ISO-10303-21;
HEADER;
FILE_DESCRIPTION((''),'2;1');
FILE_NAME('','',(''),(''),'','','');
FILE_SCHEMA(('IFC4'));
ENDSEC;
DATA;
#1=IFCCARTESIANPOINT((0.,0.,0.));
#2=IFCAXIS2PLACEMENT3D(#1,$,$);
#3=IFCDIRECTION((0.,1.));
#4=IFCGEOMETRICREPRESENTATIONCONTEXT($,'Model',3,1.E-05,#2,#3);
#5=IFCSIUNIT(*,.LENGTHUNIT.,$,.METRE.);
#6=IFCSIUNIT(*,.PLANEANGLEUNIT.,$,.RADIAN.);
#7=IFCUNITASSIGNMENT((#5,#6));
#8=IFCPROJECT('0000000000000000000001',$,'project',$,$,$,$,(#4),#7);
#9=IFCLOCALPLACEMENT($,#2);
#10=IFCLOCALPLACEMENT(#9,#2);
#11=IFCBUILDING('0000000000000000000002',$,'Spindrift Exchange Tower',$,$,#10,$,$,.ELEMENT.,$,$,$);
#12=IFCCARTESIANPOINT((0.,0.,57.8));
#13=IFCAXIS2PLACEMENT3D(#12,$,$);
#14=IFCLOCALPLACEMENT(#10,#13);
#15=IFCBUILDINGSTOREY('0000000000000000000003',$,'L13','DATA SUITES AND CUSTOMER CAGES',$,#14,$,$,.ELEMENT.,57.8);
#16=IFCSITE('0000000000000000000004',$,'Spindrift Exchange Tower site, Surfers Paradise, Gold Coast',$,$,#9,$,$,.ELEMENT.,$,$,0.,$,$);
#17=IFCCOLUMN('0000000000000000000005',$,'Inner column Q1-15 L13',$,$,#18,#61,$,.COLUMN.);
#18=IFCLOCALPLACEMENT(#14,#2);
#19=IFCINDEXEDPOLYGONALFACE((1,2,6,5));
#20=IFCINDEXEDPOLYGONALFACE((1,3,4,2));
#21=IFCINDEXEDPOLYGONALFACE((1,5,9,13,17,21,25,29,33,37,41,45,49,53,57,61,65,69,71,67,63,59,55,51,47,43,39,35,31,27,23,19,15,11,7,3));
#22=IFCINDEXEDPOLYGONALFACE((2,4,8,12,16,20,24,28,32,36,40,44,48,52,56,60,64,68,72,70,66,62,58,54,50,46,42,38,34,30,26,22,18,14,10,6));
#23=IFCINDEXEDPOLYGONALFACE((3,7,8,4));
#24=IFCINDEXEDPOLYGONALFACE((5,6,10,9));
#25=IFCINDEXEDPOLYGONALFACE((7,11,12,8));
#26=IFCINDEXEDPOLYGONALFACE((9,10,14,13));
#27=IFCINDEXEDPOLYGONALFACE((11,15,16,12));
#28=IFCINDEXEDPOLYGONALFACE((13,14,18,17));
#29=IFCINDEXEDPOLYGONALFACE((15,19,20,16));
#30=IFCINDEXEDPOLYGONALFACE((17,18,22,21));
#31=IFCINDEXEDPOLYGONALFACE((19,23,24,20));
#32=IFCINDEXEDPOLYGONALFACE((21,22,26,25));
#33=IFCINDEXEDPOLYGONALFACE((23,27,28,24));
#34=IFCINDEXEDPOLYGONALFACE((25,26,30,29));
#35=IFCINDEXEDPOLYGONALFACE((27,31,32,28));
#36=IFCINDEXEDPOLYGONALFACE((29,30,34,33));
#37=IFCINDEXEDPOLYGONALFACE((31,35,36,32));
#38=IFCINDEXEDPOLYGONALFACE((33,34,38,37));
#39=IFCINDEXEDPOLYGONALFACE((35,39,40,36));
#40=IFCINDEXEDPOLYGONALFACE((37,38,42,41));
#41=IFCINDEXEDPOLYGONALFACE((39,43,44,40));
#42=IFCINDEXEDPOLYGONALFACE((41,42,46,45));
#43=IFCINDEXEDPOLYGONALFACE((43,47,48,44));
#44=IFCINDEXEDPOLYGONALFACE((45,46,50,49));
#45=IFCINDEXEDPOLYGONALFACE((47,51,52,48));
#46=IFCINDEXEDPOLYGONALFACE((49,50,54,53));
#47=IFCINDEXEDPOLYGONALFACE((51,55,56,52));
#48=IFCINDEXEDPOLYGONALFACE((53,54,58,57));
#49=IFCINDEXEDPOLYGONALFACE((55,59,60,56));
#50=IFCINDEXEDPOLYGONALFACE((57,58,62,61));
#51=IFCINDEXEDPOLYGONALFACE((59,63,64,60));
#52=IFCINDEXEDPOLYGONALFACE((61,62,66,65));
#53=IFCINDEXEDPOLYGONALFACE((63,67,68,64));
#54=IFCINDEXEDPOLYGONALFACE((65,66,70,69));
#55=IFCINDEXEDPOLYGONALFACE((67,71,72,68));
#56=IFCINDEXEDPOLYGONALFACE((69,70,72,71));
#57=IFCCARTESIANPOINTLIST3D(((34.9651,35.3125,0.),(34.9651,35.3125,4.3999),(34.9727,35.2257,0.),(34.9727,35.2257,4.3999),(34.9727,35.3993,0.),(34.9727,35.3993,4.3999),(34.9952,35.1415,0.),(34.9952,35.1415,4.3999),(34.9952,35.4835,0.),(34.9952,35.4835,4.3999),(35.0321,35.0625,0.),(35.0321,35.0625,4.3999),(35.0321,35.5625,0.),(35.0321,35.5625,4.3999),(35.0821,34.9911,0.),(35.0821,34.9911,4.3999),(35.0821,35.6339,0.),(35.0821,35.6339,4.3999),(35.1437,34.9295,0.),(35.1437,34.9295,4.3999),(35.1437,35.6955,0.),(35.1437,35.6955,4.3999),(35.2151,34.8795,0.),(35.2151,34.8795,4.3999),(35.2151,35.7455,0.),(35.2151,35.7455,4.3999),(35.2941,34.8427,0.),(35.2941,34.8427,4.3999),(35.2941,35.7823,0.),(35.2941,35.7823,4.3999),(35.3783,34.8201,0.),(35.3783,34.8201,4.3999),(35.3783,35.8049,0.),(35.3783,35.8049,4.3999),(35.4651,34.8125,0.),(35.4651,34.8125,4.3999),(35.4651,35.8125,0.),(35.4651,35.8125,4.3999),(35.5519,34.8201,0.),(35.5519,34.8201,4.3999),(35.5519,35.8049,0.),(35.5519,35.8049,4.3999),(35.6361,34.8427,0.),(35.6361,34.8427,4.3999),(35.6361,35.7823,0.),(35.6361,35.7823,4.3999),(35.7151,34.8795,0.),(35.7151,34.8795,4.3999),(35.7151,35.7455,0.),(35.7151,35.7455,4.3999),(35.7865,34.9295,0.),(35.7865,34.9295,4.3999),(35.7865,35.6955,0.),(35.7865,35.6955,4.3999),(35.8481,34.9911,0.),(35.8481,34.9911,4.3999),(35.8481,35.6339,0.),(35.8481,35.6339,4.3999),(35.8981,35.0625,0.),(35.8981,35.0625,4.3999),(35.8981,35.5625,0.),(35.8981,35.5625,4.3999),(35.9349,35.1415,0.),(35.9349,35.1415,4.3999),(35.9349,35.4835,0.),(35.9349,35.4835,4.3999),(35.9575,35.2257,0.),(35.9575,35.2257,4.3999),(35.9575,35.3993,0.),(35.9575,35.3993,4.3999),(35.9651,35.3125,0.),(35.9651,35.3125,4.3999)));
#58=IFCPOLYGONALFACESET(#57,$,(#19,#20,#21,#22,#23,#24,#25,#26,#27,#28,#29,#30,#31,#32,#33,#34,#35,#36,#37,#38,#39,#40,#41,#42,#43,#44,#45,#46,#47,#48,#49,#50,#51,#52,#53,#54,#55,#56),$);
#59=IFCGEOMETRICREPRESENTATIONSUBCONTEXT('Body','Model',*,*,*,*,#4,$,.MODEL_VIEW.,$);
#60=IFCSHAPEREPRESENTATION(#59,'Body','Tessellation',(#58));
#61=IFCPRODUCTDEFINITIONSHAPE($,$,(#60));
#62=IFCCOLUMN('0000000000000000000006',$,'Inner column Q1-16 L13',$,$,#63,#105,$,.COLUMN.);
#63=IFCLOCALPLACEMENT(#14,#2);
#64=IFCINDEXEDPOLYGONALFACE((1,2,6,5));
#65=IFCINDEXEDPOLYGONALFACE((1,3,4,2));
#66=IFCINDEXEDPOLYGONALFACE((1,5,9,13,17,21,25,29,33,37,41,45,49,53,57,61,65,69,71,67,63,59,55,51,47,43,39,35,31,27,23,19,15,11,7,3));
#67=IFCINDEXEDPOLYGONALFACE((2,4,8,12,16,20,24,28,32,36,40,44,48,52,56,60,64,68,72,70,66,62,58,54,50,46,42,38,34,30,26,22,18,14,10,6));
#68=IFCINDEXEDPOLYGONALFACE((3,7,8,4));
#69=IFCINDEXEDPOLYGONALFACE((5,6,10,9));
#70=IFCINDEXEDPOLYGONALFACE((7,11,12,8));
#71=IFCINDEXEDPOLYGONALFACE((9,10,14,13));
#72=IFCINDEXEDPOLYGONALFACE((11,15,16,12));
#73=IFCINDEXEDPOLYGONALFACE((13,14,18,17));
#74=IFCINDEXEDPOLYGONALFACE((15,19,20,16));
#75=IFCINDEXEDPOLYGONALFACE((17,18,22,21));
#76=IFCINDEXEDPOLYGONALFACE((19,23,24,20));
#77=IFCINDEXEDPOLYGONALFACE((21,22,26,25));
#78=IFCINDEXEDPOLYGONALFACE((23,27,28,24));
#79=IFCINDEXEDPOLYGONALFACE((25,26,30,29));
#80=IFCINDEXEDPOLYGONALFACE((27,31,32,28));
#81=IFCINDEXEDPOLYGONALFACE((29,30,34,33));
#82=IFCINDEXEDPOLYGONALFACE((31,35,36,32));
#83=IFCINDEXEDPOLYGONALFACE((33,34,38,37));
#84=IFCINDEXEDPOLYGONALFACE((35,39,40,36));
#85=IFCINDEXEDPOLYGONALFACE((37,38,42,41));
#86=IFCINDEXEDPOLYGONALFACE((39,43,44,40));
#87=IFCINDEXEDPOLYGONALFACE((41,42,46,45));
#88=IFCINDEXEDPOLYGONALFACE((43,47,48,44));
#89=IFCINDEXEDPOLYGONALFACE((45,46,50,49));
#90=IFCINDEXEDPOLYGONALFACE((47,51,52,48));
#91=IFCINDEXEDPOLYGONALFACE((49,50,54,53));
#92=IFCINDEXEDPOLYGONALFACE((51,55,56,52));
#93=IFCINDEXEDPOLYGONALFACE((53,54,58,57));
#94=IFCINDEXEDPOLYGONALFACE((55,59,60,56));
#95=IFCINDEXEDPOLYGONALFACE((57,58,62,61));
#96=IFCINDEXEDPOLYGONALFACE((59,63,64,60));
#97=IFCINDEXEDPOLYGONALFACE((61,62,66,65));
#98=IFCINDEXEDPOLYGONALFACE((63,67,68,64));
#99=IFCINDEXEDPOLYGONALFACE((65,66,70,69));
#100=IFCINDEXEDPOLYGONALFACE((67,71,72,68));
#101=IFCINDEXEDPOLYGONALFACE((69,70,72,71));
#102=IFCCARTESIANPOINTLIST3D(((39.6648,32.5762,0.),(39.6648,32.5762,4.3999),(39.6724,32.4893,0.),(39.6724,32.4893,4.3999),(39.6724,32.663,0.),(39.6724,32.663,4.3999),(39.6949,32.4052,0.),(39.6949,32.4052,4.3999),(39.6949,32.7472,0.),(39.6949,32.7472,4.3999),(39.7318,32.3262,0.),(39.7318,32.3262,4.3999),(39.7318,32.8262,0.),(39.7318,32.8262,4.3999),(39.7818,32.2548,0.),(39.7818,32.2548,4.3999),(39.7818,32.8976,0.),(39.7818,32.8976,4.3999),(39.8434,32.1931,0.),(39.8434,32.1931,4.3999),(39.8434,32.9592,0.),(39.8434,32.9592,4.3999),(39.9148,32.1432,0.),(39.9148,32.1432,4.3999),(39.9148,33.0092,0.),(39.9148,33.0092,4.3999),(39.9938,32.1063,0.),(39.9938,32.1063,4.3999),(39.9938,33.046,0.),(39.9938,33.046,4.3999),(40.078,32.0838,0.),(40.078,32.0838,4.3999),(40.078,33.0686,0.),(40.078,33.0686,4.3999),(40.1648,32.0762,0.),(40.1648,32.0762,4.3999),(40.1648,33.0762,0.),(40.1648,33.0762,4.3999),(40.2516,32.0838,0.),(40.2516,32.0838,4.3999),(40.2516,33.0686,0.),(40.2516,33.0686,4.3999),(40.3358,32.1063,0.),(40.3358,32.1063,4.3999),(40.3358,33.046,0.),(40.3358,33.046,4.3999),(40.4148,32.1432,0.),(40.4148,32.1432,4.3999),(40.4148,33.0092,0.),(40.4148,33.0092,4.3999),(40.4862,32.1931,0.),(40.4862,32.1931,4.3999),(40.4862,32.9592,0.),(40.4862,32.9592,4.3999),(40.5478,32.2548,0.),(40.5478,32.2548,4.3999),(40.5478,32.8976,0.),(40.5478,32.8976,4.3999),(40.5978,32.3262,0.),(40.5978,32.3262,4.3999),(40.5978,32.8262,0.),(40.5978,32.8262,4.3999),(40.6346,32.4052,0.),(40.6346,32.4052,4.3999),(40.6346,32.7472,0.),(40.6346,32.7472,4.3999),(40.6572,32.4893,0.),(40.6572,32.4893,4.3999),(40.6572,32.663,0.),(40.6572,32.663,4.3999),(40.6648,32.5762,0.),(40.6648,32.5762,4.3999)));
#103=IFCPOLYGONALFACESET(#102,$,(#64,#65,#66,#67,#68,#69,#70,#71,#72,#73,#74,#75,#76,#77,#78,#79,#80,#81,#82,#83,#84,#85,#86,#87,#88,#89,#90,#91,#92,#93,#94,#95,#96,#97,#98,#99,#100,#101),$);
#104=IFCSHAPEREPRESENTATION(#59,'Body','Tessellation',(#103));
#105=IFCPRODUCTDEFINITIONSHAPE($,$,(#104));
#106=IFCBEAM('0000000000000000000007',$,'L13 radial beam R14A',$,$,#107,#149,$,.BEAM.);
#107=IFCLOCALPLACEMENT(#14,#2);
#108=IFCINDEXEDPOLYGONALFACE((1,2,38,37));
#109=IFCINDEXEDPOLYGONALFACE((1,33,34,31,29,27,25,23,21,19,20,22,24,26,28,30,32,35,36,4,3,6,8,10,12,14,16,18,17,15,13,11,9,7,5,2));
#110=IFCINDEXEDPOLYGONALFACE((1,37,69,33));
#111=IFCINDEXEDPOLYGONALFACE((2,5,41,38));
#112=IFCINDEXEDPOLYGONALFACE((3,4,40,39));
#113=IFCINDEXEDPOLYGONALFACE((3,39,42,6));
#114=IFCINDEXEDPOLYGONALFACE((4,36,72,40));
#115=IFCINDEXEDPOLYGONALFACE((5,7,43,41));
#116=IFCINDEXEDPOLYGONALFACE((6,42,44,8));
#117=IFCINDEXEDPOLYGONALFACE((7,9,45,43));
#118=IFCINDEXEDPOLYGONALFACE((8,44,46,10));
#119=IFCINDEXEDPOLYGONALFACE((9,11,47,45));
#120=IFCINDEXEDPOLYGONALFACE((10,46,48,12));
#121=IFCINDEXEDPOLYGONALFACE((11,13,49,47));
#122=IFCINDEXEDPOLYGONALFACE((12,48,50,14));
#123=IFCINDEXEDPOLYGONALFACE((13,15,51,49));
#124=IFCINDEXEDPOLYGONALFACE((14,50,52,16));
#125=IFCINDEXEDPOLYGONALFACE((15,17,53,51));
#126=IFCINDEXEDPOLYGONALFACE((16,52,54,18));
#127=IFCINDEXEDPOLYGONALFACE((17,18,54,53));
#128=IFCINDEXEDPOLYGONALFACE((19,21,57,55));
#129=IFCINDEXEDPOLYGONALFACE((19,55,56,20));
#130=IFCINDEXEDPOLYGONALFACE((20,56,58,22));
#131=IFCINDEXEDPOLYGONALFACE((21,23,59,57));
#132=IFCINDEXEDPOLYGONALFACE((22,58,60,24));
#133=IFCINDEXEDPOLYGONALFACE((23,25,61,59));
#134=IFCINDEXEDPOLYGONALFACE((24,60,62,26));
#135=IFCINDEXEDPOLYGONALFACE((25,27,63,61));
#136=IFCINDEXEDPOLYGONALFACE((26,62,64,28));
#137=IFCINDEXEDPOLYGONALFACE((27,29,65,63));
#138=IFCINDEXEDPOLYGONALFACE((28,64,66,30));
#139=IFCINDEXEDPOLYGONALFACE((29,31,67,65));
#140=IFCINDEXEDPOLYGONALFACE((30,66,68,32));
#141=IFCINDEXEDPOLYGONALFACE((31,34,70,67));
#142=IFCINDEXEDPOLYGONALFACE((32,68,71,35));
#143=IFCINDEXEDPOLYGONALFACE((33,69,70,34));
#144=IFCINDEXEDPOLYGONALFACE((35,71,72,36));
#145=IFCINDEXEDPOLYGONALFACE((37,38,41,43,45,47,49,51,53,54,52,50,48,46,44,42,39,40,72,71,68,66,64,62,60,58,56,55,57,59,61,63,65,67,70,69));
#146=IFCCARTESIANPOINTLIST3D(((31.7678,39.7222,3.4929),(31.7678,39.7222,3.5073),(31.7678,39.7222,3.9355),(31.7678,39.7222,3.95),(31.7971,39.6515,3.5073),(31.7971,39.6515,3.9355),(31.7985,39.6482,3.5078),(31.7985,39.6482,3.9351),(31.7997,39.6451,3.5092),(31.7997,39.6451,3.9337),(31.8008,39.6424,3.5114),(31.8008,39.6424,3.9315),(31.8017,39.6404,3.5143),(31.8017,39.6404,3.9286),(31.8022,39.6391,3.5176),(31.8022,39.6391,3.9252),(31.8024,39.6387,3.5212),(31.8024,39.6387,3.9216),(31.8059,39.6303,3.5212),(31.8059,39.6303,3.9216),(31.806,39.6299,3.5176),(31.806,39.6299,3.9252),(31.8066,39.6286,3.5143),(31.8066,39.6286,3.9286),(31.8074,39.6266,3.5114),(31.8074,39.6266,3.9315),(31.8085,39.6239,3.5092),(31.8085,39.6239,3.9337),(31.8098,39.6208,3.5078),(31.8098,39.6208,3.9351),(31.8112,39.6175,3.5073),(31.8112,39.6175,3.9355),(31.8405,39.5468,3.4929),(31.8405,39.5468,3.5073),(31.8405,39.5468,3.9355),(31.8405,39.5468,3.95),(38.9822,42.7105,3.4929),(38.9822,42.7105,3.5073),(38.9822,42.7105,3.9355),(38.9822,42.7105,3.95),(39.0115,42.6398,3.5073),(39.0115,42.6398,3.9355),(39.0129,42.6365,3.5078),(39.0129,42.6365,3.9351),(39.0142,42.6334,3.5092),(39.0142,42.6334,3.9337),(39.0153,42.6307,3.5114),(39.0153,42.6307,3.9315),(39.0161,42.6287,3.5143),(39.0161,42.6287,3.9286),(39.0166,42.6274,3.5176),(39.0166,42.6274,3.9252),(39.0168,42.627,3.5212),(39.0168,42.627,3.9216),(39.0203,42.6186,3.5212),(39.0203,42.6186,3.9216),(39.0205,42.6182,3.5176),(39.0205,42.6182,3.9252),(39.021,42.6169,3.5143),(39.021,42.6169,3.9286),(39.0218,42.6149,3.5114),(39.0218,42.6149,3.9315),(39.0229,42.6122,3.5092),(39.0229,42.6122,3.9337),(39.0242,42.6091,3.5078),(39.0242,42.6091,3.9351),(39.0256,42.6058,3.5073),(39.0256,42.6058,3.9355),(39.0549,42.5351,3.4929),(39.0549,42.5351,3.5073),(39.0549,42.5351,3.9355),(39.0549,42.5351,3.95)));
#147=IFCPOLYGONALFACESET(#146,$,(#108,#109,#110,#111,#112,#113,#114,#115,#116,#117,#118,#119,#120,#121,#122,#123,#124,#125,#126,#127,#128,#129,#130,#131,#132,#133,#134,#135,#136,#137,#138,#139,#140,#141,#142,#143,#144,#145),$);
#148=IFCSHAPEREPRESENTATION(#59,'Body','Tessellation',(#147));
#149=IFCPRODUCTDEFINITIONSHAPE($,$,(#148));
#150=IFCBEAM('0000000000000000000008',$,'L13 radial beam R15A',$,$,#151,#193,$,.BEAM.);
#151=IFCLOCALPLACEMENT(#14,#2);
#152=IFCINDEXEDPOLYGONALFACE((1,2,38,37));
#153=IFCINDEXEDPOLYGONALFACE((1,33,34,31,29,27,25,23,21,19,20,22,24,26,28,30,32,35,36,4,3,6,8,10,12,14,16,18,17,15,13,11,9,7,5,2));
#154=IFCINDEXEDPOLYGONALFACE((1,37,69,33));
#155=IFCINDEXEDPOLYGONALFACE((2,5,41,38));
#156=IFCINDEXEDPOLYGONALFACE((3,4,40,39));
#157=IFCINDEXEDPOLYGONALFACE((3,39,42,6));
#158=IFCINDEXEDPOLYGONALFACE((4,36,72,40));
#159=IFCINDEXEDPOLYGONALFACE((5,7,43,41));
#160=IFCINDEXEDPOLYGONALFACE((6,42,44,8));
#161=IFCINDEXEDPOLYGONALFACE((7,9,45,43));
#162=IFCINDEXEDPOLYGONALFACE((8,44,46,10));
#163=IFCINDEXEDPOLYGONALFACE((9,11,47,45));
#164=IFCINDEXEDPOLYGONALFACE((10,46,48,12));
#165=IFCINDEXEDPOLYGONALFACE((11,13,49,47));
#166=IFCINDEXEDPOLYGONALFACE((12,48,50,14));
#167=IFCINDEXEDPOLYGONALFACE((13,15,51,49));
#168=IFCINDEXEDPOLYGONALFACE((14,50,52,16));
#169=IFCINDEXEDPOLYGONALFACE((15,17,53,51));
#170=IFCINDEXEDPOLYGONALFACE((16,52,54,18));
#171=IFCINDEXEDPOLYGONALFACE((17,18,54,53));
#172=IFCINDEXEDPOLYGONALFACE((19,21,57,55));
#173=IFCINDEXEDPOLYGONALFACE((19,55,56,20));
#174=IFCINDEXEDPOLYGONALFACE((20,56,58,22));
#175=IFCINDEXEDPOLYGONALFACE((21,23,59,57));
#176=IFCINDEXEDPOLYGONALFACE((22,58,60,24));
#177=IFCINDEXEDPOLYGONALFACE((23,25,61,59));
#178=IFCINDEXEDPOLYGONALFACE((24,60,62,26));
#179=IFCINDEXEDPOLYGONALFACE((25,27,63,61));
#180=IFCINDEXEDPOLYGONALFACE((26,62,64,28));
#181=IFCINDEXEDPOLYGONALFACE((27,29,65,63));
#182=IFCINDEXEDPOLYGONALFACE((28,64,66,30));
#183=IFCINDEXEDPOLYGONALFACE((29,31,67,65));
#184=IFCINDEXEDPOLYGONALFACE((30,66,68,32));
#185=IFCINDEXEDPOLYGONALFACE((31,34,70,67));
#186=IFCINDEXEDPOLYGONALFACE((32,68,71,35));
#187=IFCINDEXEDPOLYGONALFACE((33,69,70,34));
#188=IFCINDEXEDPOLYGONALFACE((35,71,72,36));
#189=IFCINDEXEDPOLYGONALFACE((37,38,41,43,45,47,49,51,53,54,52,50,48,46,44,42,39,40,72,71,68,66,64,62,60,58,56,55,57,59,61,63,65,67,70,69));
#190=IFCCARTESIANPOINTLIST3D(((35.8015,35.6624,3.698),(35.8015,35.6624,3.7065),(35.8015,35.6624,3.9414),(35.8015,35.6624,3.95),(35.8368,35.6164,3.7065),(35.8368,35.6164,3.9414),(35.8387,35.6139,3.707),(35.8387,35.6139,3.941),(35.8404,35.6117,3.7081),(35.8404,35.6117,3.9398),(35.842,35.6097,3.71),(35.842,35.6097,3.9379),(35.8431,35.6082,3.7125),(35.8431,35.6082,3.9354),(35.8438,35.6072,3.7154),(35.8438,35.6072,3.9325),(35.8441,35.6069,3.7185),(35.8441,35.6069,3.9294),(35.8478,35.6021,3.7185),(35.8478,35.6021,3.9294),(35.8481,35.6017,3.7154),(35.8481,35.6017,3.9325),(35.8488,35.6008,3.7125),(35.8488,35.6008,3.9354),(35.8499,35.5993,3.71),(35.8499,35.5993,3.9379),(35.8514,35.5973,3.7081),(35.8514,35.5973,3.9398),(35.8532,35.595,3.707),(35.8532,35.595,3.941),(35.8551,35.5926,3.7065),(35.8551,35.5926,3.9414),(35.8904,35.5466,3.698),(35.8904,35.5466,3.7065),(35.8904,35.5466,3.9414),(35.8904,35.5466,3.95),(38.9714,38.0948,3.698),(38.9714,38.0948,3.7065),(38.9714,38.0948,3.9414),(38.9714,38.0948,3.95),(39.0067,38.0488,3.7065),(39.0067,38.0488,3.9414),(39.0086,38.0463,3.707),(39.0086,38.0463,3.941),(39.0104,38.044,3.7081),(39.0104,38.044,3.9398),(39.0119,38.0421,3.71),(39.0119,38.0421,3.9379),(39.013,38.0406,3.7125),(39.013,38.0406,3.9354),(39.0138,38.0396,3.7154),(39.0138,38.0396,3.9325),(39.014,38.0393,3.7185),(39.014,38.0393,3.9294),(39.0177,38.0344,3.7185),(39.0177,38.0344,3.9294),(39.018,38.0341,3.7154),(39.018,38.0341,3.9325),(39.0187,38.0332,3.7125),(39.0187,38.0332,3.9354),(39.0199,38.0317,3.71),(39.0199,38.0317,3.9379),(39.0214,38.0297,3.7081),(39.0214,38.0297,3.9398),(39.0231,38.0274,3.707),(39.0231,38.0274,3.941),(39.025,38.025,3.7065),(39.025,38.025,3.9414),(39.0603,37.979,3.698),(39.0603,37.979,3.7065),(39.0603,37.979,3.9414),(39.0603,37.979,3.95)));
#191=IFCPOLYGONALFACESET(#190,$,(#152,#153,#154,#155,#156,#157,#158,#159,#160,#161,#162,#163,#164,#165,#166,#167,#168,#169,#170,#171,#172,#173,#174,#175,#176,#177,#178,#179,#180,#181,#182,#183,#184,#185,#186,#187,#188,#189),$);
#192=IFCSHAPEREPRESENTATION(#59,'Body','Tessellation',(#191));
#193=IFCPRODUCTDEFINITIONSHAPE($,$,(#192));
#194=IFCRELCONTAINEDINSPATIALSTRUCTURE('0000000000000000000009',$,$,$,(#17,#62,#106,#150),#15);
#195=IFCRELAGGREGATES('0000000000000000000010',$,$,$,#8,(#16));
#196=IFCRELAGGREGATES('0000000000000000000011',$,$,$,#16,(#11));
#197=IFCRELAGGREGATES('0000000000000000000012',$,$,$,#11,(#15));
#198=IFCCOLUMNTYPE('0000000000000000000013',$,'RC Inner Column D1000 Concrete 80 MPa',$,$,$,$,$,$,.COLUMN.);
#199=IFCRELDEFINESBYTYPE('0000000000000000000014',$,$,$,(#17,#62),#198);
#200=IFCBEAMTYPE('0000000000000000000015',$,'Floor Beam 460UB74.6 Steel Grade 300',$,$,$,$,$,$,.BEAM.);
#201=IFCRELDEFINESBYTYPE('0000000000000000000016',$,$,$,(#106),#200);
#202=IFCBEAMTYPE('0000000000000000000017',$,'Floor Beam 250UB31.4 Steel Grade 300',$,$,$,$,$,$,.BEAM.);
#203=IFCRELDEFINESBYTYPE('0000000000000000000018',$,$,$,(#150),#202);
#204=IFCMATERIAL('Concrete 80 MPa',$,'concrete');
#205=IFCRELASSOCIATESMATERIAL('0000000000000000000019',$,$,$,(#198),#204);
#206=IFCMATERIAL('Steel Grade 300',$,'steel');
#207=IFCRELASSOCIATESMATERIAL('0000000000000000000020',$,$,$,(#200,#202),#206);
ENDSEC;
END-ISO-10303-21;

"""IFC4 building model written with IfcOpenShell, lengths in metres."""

from ifc_helpers import new_model, si_unit, direction, frame, origin, origin_2d, place, context, subcontext, project, spatial, circle, i_section, extrude, source, transform, mapped, material, material_profile, profile_set, type_object, element, save


model = new_model("IFC4")

# Units and contexts
model_context = context("Model", 3, precision=1e-05, world=origin(), true_north=direction((0.0, 1.0)))
body_context = subcontext(model_context, "Body", "Model", "MODEL_VIEW")
ifc_project = project(units=[si_unit("LENGTHUNIT", "METRE"), si_unit("PLANEANGLEUNIT", "RADIAN")], contexts=[model_context])

# Site, building, storey
site_placement = place(None, origin())
site = spatial("IfcSite", under=ifc_project, at=site_placement, Name="Spindrift Exchange Tower site, Surfers Paradise, Gold Coast", CompositionType="ELEMENT", RefElevation=0.0)
building_placement = place(site_placement, origin())
building = spatial("IfcBuilding", under=site, at=building_placement, Name="Spindrift Exchange Tower", CompositionType="ELEMENT")
storey_placement = place(building_placement, frame((0.0, 0.0, 57.8)))
storey = spatial("IfcBuildingStorey", under=building, at=storey_placement, Name="L13", Description="DATA SUITES AND CUSTOMER CAGES", CompositionType="ELEMENT", Elevation=57.8)

# Columns
ifc_material_1 = material(Name="Concrete 80 MPa", Category="concrete")
ifc_material_profile_1 = material_profile(ifc_material_1, circle(Radius=0.5, at=origin_2d()), Name="RC D1000")
ifc_profile_set_1 = profile_set([ifc_material_profile_1], Name="Concrete 80 MPa")
column_type = type_object("IfcColumnType", Name="RC Inner Column D1000 Concrete 80 MPa", PredefinedType="COLUMN", material=ifc_profile_set_1)
shared_shape_1 = source(origin(), body_context, "Body", "SweptSolid", [
    extrude(circle(Radius=0.5, at=origin_2d()), origin(), (0.0, 0.0, 1.0), 4.3999),
])
for number, where, z_axis, x_axis, name in (
    (1, (35.4651, 35.3125, 0.0), (0.0, 0.0, 1.0), (1.0, 0.0, 0.0), "Inner column Q1-15 L13"),
    (2, (40.1648, 32.5762, 0.0), (0.0, 0.0, 1.0), (1.0, 0.0, 0.0), "Inner column Q1-16 L13"),
):
    element("IfcColumn", number, at=place(storey_placement, frame(where, z_axis=z_axis, x_axis=x_axis)), inside=storey, type_object=column_type, Name=name, PredefinedType="COLUMN", context=body_context, shape_type="MappedRepresentation", body=[
        mapped(shared_shape_1, transform((0.0, 0.0, 0.0), scale=1.0)),
    ])

# Beams
ifc_material_2 = material(Name="Steel Grade 300", Category="steel")
ifc_material_profile_2 = material_profile(ifc_material_2, i_section(OverallWidth=0.1899, OverallDepth=0.457, WebThickness=0.009, FlangeThickness=0.0144, FilletRadius=0.0139, at=origin_2d()), Name="460UB74.6")
ifc_profile_set_2 = profile_set([ifc_material_profile_2], Name="Steel Grade 300")
beam_type_1 = type_object("IfcBeamType", Name="Floor Beam 460UB74.6 Steel Grade 300", PredefinedType="BEAM", material=ifc_profile_set_2)
shared_shape_2 = source(origin(), body_context, "Body", "SweptSolid", [
    extrude(i_section(OverallWidth=0.1899, OverallDepth=0.457, WebThickness=0.009, FlangeThickness=0.0144, FilletRadius=0.0139, at=origin_2d()), origin(), (0.0, 0.0, 1.0), 7.8088),
])
beam_1_placement = place(storey_placement, frame((39.0186, 42.6228, 3.7214), z_axis=(-0.92388, -0.382683, 0.0), x_axis=(0.382683, -0.92388, 0.0)))
element("IfcBeam", 3, at=beam_1_placement, inside=storey, type_object=beam_type_1, Name="L13 radial beam R14A", PredefinedType="BEAM", context=body_context, shape_type="MappedRepresentation", body=[
    mapped(shared_shape_2, transform((0.0, 0.0, 0.0), scale=1.0)),
])
ifc_material_profile_3 = material_profile(ifc_material_2, i_section(OverallWidth=0.146, OverallDepth=0.252, WebThickness=0.0061, FlangeThickness=0.0085, FilletRadius=0.012, at=origin_2d()), Name="250UB31.4")
ifc_profile_set_3 = profile_set([ifc_material_profile_3], Name="Steel Grade 300")
beam_type_2 = type_object("IfcBeamType", Name="Floor Beam 250UB31.4 Steel Grade 300", PredefinedType="BEAM", material=ifc_profile_set_3)
shared_shape_3 = source(origin(), body_context, "Body", "SweptSolid", [
    extrude(i_section(OverallWidth=0.146, OverallDepth=0.252, WebThickness=0.0061, FlangeThickness=0.0085, FilletRadius=0.012, at=origin_2d()), origin(), (0.0, 0.0, 1.0), 3.9956),
])
beam_2_placement = place(storey_placement, frame((39.0159, 38.0369, 3.824), z_axis=(-0.793353, -0.608762, 0.0), x_axis=(0.608762, -0.793353, 0.0)))
element("IfcBeam", 4, at=beam_2_placement, inside=storey, type_object=beam_type_2, Name="L13 radial beam R15A", PredefinedType="BEAM", context=body_context, shape_type="MappedRepresentation", body=[
    mapped(shared_shape_3, transform((0.0, 0.0, 0.0), scale=1.0)),
])

save(model, "model.ifc")
